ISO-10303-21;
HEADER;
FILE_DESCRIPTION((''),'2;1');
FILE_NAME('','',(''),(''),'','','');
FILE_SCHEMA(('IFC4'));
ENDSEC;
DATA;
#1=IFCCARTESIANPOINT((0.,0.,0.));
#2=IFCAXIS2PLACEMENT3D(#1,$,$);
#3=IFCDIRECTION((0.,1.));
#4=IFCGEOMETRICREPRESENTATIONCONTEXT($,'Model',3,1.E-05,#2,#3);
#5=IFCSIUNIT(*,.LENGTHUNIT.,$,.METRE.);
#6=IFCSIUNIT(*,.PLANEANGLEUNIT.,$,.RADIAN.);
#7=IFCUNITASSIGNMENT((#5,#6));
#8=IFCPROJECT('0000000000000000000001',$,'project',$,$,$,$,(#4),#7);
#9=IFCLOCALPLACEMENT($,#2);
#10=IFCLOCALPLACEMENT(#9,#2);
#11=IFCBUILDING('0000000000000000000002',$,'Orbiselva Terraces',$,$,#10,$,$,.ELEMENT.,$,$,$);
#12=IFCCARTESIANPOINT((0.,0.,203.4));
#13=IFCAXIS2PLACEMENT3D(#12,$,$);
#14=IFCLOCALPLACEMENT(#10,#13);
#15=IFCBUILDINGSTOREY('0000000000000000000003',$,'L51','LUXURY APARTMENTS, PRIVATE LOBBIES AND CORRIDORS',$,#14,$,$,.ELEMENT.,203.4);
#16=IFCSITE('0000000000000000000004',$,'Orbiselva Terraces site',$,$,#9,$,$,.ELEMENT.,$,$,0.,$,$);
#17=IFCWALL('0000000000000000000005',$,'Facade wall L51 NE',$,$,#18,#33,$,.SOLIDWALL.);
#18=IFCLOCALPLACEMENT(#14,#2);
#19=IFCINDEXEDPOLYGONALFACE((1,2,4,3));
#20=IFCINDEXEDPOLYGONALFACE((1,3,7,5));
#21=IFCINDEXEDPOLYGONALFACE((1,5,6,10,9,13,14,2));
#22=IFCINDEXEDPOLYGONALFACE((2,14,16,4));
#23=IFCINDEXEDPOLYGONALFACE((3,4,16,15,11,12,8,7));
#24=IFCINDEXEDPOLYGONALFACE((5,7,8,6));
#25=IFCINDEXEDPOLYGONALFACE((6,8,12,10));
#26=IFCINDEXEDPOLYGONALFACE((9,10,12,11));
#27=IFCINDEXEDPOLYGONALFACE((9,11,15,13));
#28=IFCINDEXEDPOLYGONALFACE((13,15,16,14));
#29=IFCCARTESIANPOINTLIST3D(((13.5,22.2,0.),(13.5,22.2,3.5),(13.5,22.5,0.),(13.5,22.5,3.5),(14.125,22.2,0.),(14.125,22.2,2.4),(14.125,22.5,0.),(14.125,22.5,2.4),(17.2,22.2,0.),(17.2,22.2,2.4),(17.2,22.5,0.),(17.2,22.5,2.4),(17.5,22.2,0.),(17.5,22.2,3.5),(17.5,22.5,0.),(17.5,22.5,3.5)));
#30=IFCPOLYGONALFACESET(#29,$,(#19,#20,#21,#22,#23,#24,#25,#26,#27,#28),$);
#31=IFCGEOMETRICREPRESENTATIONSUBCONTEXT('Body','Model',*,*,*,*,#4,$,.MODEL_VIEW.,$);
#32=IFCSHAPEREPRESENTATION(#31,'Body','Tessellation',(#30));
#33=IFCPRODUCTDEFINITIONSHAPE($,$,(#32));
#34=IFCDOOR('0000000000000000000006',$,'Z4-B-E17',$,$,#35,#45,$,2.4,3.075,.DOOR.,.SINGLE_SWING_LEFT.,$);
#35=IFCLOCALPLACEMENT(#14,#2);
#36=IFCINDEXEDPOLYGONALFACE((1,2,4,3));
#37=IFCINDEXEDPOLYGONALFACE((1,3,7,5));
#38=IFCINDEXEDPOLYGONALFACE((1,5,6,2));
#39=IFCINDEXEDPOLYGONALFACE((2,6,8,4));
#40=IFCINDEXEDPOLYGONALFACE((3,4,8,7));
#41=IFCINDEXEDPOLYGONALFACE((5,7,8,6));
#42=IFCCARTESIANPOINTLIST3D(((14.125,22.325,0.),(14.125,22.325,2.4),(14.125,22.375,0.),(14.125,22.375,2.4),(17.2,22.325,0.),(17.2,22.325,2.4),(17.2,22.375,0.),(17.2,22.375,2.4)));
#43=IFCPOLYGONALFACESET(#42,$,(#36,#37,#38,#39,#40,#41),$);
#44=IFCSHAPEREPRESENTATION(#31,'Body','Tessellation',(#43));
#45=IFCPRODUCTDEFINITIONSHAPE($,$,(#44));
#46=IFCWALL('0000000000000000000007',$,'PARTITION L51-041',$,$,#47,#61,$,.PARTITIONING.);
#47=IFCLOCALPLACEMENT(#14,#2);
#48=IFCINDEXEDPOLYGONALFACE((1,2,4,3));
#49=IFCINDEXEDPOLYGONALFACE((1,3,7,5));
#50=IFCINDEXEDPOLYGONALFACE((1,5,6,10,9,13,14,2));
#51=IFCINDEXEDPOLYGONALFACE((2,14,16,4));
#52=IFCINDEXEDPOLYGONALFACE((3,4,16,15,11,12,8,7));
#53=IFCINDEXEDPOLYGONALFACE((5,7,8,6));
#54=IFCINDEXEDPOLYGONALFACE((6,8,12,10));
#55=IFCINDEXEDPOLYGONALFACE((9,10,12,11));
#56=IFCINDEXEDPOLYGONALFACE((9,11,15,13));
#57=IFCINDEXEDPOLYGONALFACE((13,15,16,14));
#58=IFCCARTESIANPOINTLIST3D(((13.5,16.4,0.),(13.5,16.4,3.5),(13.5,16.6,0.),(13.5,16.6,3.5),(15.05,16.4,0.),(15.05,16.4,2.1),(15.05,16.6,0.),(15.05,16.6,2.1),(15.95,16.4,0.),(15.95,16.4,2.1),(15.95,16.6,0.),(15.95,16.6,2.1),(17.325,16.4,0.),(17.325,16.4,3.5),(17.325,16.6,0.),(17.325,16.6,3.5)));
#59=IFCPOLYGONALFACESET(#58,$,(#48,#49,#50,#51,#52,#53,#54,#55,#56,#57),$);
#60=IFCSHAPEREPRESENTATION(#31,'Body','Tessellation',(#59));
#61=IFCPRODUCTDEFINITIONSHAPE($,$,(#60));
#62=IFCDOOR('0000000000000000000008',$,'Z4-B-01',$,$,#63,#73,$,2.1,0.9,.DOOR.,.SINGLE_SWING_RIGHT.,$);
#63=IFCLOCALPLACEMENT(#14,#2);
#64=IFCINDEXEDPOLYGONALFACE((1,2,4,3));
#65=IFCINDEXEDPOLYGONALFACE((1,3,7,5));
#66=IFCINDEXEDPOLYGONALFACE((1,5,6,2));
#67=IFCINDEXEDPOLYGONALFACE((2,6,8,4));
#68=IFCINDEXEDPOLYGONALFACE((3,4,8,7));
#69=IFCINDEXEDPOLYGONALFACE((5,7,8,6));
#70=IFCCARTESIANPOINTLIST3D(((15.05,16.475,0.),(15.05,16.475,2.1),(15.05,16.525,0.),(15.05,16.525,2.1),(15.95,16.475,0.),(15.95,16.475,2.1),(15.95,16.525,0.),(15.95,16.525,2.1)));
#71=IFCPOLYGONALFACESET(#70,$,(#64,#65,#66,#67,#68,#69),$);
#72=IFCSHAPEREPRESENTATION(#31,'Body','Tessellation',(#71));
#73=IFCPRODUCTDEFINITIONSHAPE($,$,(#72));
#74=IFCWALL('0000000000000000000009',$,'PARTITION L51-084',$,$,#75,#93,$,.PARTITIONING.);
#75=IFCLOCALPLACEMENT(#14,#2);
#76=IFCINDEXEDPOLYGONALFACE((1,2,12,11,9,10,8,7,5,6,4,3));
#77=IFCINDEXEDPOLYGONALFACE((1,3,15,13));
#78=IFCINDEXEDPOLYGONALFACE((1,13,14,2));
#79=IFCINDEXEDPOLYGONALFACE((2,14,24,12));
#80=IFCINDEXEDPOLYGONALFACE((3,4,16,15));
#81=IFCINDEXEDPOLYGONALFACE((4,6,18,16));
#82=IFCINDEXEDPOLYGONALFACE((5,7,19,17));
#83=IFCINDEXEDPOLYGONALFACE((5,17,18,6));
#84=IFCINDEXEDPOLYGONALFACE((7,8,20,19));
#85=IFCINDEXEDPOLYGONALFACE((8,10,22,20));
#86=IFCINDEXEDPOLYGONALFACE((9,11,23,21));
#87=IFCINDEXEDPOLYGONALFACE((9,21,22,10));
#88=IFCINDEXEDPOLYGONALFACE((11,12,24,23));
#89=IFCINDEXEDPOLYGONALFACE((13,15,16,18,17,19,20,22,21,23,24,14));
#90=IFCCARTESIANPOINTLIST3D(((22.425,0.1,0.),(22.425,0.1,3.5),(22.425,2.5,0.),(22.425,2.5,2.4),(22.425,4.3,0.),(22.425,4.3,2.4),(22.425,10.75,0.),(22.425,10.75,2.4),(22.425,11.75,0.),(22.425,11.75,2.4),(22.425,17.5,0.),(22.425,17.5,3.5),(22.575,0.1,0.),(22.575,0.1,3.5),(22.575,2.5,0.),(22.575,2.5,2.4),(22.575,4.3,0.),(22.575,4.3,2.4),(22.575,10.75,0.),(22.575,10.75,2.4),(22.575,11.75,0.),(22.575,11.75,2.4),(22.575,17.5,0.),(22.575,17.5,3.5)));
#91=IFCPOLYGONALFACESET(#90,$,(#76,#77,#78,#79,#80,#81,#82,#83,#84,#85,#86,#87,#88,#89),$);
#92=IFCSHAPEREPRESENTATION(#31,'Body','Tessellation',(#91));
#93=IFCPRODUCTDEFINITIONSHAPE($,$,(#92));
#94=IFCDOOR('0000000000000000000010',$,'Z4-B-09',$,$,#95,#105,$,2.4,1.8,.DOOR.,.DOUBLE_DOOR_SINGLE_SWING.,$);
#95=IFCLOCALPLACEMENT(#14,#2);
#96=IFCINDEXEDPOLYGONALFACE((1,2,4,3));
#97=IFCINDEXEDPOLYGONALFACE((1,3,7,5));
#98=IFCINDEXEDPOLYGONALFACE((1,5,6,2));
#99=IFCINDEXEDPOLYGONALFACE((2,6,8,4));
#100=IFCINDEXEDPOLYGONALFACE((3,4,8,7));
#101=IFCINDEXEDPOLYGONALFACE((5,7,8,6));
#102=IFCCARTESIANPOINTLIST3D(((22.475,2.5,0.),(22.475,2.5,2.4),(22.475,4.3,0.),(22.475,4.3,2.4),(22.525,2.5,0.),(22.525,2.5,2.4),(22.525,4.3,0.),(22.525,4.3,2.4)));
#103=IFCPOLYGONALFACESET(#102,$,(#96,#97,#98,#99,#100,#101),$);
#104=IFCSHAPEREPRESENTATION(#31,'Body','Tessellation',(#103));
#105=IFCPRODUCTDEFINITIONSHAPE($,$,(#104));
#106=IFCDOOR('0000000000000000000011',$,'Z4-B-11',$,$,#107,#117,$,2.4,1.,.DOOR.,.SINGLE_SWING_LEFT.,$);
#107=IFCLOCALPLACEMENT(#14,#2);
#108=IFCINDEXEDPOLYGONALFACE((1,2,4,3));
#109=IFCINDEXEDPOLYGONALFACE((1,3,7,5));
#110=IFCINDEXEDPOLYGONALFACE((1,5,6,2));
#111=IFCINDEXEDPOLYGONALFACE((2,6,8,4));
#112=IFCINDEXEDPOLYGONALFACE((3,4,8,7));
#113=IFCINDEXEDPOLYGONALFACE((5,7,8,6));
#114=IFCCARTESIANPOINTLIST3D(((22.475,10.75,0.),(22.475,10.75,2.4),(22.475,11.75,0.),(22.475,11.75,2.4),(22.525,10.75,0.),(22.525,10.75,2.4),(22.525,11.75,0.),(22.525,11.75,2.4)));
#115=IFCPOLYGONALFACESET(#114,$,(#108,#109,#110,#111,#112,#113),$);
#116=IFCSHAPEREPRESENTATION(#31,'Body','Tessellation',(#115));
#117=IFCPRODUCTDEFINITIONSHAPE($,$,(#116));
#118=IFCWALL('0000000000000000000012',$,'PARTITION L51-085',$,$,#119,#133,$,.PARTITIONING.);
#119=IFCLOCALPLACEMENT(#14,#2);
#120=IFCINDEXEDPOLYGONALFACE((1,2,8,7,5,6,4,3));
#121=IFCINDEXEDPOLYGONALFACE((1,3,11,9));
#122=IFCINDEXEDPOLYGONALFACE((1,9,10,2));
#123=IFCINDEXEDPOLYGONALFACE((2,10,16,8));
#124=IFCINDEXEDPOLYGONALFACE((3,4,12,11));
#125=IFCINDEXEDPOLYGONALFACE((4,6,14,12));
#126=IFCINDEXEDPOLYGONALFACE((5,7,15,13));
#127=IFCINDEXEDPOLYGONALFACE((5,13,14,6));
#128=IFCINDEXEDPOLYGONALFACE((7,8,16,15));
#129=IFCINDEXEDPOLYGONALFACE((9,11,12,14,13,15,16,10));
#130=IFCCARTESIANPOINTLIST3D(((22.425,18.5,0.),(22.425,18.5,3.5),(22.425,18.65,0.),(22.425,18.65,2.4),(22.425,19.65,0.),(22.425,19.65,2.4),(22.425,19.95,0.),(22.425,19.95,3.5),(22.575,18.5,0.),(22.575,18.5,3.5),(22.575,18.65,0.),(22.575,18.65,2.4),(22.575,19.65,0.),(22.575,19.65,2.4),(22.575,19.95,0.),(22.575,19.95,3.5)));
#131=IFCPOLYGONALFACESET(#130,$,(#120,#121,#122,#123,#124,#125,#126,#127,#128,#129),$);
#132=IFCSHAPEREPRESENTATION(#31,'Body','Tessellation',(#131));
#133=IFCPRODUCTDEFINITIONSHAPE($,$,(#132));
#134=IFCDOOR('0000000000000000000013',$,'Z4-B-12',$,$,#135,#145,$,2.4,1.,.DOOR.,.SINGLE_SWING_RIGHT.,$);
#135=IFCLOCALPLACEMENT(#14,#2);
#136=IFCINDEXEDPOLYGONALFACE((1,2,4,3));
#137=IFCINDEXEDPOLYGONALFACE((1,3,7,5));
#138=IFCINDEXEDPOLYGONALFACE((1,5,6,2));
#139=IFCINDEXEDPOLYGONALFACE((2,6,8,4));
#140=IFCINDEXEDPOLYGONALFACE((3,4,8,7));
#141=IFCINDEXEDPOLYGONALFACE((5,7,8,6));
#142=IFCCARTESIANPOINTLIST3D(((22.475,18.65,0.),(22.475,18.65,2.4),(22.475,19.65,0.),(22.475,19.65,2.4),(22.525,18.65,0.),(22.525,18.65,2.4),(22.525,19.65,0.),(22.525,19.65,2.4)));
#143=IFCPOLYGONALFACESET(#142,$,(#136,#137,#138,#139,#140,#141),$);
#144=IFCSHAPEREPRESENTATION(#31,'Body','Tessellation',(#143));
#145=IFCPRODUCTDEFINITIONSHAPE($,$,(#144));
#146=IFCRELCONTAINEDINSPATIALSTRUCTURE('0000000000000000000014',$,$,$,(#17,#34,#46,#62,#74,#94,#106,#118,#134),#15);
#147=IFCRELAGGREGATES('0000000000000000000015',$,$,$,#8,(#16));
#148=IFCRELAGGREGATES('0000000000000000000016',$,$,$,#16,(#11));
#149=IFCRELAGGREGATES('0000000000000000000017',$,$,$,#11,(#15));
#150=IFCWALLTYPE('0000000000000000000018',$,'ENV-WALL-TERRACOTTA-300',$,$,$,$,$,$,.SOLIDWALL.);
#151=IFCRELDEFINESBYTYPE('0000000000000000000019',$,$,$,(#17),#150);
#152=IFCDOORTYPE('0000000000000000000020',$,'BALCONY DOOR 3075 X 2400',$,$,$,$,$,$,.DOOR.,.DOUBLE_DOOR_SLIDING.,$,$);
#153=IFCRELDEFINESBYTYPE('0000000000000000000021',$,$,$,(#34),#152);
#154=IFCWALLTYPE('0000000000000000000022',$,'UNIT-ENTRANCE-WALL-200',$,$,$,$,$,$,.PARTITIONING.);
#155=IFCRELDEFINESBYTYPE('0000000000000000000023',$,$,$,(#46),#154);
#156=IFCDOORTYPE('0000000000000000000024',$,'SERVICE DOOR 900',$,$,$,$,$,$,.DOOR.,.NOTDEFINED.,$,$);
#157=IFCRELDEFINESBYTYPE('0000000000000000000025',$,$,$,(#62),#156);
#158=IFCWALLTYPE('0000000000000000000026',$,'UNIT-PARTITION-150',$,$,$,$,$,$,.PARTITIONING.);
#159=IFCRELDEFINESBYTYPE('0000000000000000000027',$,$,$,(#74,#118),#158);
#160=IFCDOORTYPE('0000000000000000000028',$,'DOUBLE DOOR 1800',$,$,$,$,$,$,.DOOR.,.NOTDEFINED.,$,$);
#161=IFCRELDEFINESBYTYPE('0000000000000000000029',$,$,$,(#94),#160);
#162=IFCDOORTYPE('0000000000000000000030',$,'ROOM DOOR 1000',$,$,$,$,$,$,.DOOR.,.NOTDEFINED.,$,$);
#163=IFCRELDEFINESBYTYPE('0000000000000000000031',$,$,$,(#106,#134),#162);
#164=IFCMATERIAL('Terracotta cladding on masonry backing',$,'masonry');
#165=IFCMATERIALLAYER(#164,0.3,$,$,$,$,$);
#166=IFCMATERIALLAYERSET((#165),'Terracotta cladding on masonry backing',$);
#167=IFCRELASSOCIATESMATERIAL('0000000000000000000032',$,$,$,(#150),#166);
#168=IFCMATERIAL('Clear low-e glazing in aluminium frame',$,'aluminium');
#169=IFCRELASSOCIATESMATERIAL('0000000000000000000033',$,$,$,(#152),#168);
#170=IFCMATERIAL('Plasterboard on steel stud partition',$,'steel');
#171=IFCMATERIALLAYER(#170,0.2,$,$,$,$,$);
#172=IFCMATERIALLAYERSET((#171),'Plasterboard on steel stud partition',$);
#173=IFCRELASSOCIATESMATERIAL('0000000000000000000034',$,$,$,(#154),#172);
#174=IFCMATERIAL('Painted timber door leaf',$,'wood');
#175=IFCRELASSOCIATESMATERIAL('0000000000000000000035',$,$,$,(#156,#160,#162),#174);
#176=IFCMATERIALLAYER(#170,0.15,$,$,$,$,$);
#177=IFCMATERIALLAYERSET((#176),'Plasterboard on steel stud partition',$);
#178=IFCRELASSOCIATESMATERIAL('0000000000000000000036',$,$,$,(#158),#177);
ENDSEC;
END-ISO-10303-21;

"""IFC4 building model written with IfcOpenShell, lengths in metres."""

from ifc_helpers import new_model, si_unit, direction, frame, frame_2d, origin, place, context, subcontext, project, spatial, rectangle, extrude, material, layer, layer_set, type_object, element, fill, save


model = new_model("IFC4")

# Units and contexts
model_context = context("Model", 3, precision=1e-05, world=origin(), true_north=direction((0.0, 1.0)))
body_context = subcontext(model_context, "Body", "Model", "MODEL_VIEW")
ifc_project = project(units=[si_unit("LENGTHUNIT", "METRE"), si_unit("PLANEANGLEUNIT", "RADIAN")], contexts=[model_context])

# Site, building, storey
site_placement = place(None, origin())
site = spatial("IfcSite", under=ifc_project, at=site_placement, Name="Orbiselva Terraces site", CompositionType="ELEMENT", RefElevation=0.0)
building_placement = place(site_placement, origin())
building = spatial("IfcBuilding", under=site, at=building_placement, Name="Orbiselva Terraces", CompositionType="ELEMENT")
storey_placement = place(building_placement, frame((0.0, 0.0, 203.4)))
storey = spatial("IfcBuildingStorey", under=building, at=storey_placement, Name="L51", Description="LUXURY APARTMENTS, PRIVATE LOBBIES AND CORRIDORS", CompositionType="ELEMENT", Elevation=203.4)

# Shared definitions
ifc_material_1 = material(Name="Terracotta cladding on masonry backing", Category="masonry")
ifc_layer_1 = layer(ifc_material_1, 0.3)
ifc_layer_set_1 = layer_set([ifc_layer_1], Name="Terracotta cladding on masonry backing")
wall_type_1 = type_object("IfcWallType", Name="ENV-WALL-TERRACOTTA-300", PredefinedType="SOLIDWALL", material=ifc_layer_set_1)
ifc_material_2 = material(Name="Clear low-e glazing in aluminium frame", Category="aluminium")

# Walls, openings, doors
wall_1_placement = place(storey_placement, frame((13.5, 22.35, 0.0), z_axis=(0.0, 0.0, 1.0), x_axis=(1.0, 0.0, 0.0)))
wall_1 = element("IfcWall", 1, at=wall_1_placement, inside=storey, type_object=wall_type_1, Name="Facade wall L51 NE", PredefinedType="SOLIDWALL", context=body_context, shape_type="SweptSolid", body=[
    extrude(rectangle(XDim=4.0, YDim=0.3, at=frame_2d((2.0, 0.0))), origin(), (0.0, 0.0, 1.0), 3.5),
])
opening_1_placement = place(wall_1_placement, frame((0.625, 0.0, 0.0)))
opening_1 = element("IfcOpeningElement", 2, at=opening_1_placement, cuts=wall_1, PredefinedType="OPENING", context=body_context, shape_type="SweptSolid", body=[
    extrude(rectangle(XDim=3.075, YDim=2.4, at=frame_2d((1.5375, 1.2))), frame((0.0, 0.16, 0.0), z_axis=(0.0, -1.0, 0.0), x_axis=(1.0, 0.0, 0.0)), (0.0, 0.0, 1.0), 0.32),
])
door_type_1 = type_object("IfcDoorType", Name="BALCONY DOOR 3075 X 2400", OperationType="DOUBLE_DOOR_SLIDING", PredefinedType="DOOR", material=ifc_material_2)
door_1_placement = place(opening_1_placement, origin())
door_1 = element("IfcDoor", 3, at=door_1_placement, inside=storey, type_object=door_type_1, Name="Z4-B-E17", OperationType="SINGLE_SWING_LEFT", OverallHeight=2.4, OverallWidth=3.075, PredefinedType="DOOR", context=body_context, shape_type="SweptSolid", body=[
    extrude(rectangle(XDim=3.075, YDim=2.4, at=frame_2d((1.5375, 1.2))), frame((0.0, 0.025, 0.0), z_axis=(0.0, -1.0, 0.0), x_axis=(1.0, 0.0, 0.0)), (0.0, 0.0, 1.0), 0.05),
])
fill(opening_1, door_1)
ifc_material_3 = material(Name="Plasterboard on steel stud partition", Category="steel")
ifc_layer_2 = layer(ifc_material_3, 0.2)
ifc_layer_set_2 = layer_set([ifc_layer_2], Name="Plasterboard on steel stud partition")
wall_type_2 = type_object("IfcWallType", Name="UNIT-ENTRANCE-WALL-200", PredefinedType="PARTITIONING", material=ifc_layer_set_2)
wall_2_placement = place(storey_placement, frame((13.5, 16.5, 0.0), z_axis=(0.0, 0.0, 1.0), x_axis=(1.0, 0.0, 0.0)))
wall_2 = element("IfcWall", 4, at=wall_2_placement, inside=storey, type_object=wall_type_2, Name="PARTITION L51-041", PredefinedType="PARTITIONING", context=body_context, shape_type="SweptSolid", body=[
    extrude(rectangle(XDim=3.825, YDim=0.2, at=frame_2d((1.9125, 0.0))), origin(), (0.0, 0.0, 1.0), 3.5),
])
opening_2_placement = place(wall_2_placement, frame((1.55, 0.0, 0.0)))
opening_2 = element("IfcOpeningElement", 5, at=opening_2_placement, cuts=wall_2, PredefinedType="OPENING", context=body_context, shape_type="SweptSolid", body=[
    extrude(rectangle(XDim=0.9, YDim=2.1, at=frame_2d((0.45, 1.05))), frame((0.0, 0.11, 0.0), z_axis=(0.0, -1.0, 0.0), x_axis=(1.0, 0.0, 0.0)), (0.0, 0.0, 1.0), 0.22),
])
ifc_material_4 = material(Name="Painted timber door leaf", Category="wood")
door_type_2 = type_object("IfcDoorType", Name="SERVICE DOOR 900", OperationType="NOTDEFINED", PredefinedType="DOOR", material=ifc_material_4)
door_2_placement = place(opening_2_placement, origin())
door_2 = element("IfcDoor", 6, at=door_2_placement, inside=storey, type_object=door_type_2, Name="Z4-B-01", OperationType="SINGLE_SWING_RIGHT", OverallHeight=2.1, OverallWidth=0.9, PredefinedType="DOOR", context=body_context, shape_type="SweptSolid", body=[
    extrude(rectangle(XDim=0.9, YDim=2.1, at=frame_2d((0.45, 1.05))), frame((0.0, 0.025, 0.0), z_axis=(0.0, -1.0, 0.0), x_axis=(1.0, 0.0, 0.0)), (0.0, 0.0, 1.0), 0.05),
])
fill(opening_2, door_2)

# Wall, openings, doors
ifc_layer_3 = layer(ifc_material_3, 0.15)
ifc_layer_set_3 = layer_set([ifc_layer_3], Name="Plasterboard on steel stud partition")
wall_type_3 = type_object("IfcWallType", Name="UNIT-PARTITION-150", PredefinedType="PARTITIONING", material=ifc_layer_set_3)
wall_3_placement = place(storey_placement, frame((22.5, 17.5, 0.0), z_axis=(0.0, 0.0, 1.0), x_axis=(0.0, -1.0, 0.0)))
wall_3 = element("IfcWall", 7, at=wall_3_placement, inside=storey, type_object=wall_type_3, Name="PARTITION L51-084", PredefinedType="PARTITIONING", context=body_context, shape_type="SweptSolid", body=[
    extrude(rectangle(XDim=17.4, YDim=0.15, at=frame_2d((8.7, 0.0))), origin(), (0.0, 0.0, 1.0), 3.5),
])
opening_3_placement = place(wall_3_placement, frame((13.2, 0.0, 0.0)))
opening_3 = element("IfcOpeningElement", 8, at=opening_3_placement, cuts=wall_3, PredefinedType="OPENING", context=body_context, shape_type="SweptSolid", body=[
    extrude(rectangle(XDim=1.8, YDim=2.4, at=frame_2d((0.9, 1.2))), frame((0.0, 0.085, 0.0), z_axis=(0.0, -1.0, 0.0), x_axis=(1.0, 0.0, 0.0)), (0.0, 0.0, 1.0), 0.17),
])
opening_4_placement = place(wall_3_placement, frame((5.75, 0.0, 0.0)))
opening_4 = element("IfcOpeningElement", 9, at=opening_4_placement, cuts=wall_3, PredefinedType="OPENING", context=body_context, shape_type="SweptSolid", body=[
    extrude(rectangle(XDim=1.0, YDim=2.4, at=frame_2d((0.5, 1.2))), frame((0.0, 0.085, 0.0), z_axis=(0.0, -1.0, 0.0), x_axis=(1.0, 0.0, 0.0)), (0.0, 0.0, 1.0), 0.17),
])
door_type_3 = type_object("IfcDoorType", Name="DOUBLE DOOR 1800", OperationType="NOTDEFINED", PredefinedType="DOOR", material=ifc_material_4)
door_3_placement = place(opening_3_placement, origin())
door_3 = element("IfcDoor", 10, at=door_3_placement, inside=storey, type_object=door_type_3, Name="Z4-B-09", OperationType="DOUBLE_DOOR_SINGLE_SWING", OverallHeight=2.4, OverallWidth=1.8, PredefinedType="DOOR", context=body_context, shape_type="SweptSolid", body=[
    extrude(rectangle(XDim=1.8, YDim=2.4, at=frame_2d((0.9, 1.2))), frame((0.0, 0.025, 0.0), z_axis=(0.0, -1.0, 0.0), x_axis=(1.0, 0.0, 0.0)), (0.0, 0.0, 1.0), 0.05),
])
fill(opening_3, door_3)
door_type_4 = type_object("IfcDoorType", Name="ROOM DOOR 1000", OperationType="NOTDEFINED", PredefinedType="DOOR", material=ifc_material_4)
door_4_placement = place(opening_4_placement, origin())
door_4 = element("IfcDoor", 11, at=door_4_placement, inside=storey, type_object=door_type_4, Name="Z4-B-11", OperationType="SINGLE_SWING_LEFT", OverallHeight=2.4, OverallWidth=1.0, PredefinedType="DOOR", context=body_context, shape_type="SweptSolid", body=[
    extrude(rectangle(XDim=1.0, YDim=2.4, at=frame_2d((0.5, 1.2))), frame((0.0, 0.025, 0.0), z_axis=(0.0, -1.0, 0.0), x_axis=(1.0, 0.0, 0.0)), (0.0, 0.0, 1.0), 0.05),
])
fill(opening_4, door_4)

# Wall, opening, door
wall_4_placement = place(storey_placement, frame((22.5, 19.95, 0.0), z_axis=(0.0, 0.0, 1.0), x_axis=(0.0, -1.0, 0.0)))
wall_4 = element("IfcWall", 12, at=wall_4_placement, inside=storey, type_object=wall_type_3, Name="PARTITION L51-085", PredefinedType="PARTITIONING", context=body_context, shape_type="SweptSolid", body=[
    extrude(rectangle(XDim=1.45, YDim=0.15, at=frame_2d((0.725, 0.0))), origin(), (0.0, 0.0, 1.0), 3.5),
])
opening_5_placement = place(wall_4_placement, frame((0.3, 0.0, 0.0)))
opening_5 = element("IfcOpeningElement", 13, at=opening_5_placement, cuts=wall_4, PredefinedType="OPENING", context=body_context, shape_type="SweptSolid", body=[
    extrude(rectangle(XDim=1.0, YDim=2.4, at=frame_2d((0.5, 1.2))), frame((0.0, 0.085, 0.0), z_axis=(0.0, -1.0, 0.0), x_axis=(1.0, 0.0, 0.0)), (0.0, 0.0, 1.0), 0.17),
])
door_5_placement = place(opening_5_placement, origin())
door_5 = element("IfcDoor", 14, at=door_5_placement, inside=storey, type_object=door_type_4, Name="Z4-B-12", OperationType="SINGLE_SWING_RIGHT", OverallHeight=2.4, OverallWidth=1.0, PredefinedType="DOOR", context=body_context, shape_type="SweptSolid", body=[
    extrude(rectangle(XDim=1.0, YDim=2.4, at=frame_2d((0.5, 1.2))), frame((0.0, 0.025, 0.0), z_axis=(0.0, -1.0, 0.0), x_axis=(1.0, 0.0, 0.0)), (0.0, 0.0, 1.0), 0.05),
])
fill(opening_5, door_5)

save(model, "model.ifc")
